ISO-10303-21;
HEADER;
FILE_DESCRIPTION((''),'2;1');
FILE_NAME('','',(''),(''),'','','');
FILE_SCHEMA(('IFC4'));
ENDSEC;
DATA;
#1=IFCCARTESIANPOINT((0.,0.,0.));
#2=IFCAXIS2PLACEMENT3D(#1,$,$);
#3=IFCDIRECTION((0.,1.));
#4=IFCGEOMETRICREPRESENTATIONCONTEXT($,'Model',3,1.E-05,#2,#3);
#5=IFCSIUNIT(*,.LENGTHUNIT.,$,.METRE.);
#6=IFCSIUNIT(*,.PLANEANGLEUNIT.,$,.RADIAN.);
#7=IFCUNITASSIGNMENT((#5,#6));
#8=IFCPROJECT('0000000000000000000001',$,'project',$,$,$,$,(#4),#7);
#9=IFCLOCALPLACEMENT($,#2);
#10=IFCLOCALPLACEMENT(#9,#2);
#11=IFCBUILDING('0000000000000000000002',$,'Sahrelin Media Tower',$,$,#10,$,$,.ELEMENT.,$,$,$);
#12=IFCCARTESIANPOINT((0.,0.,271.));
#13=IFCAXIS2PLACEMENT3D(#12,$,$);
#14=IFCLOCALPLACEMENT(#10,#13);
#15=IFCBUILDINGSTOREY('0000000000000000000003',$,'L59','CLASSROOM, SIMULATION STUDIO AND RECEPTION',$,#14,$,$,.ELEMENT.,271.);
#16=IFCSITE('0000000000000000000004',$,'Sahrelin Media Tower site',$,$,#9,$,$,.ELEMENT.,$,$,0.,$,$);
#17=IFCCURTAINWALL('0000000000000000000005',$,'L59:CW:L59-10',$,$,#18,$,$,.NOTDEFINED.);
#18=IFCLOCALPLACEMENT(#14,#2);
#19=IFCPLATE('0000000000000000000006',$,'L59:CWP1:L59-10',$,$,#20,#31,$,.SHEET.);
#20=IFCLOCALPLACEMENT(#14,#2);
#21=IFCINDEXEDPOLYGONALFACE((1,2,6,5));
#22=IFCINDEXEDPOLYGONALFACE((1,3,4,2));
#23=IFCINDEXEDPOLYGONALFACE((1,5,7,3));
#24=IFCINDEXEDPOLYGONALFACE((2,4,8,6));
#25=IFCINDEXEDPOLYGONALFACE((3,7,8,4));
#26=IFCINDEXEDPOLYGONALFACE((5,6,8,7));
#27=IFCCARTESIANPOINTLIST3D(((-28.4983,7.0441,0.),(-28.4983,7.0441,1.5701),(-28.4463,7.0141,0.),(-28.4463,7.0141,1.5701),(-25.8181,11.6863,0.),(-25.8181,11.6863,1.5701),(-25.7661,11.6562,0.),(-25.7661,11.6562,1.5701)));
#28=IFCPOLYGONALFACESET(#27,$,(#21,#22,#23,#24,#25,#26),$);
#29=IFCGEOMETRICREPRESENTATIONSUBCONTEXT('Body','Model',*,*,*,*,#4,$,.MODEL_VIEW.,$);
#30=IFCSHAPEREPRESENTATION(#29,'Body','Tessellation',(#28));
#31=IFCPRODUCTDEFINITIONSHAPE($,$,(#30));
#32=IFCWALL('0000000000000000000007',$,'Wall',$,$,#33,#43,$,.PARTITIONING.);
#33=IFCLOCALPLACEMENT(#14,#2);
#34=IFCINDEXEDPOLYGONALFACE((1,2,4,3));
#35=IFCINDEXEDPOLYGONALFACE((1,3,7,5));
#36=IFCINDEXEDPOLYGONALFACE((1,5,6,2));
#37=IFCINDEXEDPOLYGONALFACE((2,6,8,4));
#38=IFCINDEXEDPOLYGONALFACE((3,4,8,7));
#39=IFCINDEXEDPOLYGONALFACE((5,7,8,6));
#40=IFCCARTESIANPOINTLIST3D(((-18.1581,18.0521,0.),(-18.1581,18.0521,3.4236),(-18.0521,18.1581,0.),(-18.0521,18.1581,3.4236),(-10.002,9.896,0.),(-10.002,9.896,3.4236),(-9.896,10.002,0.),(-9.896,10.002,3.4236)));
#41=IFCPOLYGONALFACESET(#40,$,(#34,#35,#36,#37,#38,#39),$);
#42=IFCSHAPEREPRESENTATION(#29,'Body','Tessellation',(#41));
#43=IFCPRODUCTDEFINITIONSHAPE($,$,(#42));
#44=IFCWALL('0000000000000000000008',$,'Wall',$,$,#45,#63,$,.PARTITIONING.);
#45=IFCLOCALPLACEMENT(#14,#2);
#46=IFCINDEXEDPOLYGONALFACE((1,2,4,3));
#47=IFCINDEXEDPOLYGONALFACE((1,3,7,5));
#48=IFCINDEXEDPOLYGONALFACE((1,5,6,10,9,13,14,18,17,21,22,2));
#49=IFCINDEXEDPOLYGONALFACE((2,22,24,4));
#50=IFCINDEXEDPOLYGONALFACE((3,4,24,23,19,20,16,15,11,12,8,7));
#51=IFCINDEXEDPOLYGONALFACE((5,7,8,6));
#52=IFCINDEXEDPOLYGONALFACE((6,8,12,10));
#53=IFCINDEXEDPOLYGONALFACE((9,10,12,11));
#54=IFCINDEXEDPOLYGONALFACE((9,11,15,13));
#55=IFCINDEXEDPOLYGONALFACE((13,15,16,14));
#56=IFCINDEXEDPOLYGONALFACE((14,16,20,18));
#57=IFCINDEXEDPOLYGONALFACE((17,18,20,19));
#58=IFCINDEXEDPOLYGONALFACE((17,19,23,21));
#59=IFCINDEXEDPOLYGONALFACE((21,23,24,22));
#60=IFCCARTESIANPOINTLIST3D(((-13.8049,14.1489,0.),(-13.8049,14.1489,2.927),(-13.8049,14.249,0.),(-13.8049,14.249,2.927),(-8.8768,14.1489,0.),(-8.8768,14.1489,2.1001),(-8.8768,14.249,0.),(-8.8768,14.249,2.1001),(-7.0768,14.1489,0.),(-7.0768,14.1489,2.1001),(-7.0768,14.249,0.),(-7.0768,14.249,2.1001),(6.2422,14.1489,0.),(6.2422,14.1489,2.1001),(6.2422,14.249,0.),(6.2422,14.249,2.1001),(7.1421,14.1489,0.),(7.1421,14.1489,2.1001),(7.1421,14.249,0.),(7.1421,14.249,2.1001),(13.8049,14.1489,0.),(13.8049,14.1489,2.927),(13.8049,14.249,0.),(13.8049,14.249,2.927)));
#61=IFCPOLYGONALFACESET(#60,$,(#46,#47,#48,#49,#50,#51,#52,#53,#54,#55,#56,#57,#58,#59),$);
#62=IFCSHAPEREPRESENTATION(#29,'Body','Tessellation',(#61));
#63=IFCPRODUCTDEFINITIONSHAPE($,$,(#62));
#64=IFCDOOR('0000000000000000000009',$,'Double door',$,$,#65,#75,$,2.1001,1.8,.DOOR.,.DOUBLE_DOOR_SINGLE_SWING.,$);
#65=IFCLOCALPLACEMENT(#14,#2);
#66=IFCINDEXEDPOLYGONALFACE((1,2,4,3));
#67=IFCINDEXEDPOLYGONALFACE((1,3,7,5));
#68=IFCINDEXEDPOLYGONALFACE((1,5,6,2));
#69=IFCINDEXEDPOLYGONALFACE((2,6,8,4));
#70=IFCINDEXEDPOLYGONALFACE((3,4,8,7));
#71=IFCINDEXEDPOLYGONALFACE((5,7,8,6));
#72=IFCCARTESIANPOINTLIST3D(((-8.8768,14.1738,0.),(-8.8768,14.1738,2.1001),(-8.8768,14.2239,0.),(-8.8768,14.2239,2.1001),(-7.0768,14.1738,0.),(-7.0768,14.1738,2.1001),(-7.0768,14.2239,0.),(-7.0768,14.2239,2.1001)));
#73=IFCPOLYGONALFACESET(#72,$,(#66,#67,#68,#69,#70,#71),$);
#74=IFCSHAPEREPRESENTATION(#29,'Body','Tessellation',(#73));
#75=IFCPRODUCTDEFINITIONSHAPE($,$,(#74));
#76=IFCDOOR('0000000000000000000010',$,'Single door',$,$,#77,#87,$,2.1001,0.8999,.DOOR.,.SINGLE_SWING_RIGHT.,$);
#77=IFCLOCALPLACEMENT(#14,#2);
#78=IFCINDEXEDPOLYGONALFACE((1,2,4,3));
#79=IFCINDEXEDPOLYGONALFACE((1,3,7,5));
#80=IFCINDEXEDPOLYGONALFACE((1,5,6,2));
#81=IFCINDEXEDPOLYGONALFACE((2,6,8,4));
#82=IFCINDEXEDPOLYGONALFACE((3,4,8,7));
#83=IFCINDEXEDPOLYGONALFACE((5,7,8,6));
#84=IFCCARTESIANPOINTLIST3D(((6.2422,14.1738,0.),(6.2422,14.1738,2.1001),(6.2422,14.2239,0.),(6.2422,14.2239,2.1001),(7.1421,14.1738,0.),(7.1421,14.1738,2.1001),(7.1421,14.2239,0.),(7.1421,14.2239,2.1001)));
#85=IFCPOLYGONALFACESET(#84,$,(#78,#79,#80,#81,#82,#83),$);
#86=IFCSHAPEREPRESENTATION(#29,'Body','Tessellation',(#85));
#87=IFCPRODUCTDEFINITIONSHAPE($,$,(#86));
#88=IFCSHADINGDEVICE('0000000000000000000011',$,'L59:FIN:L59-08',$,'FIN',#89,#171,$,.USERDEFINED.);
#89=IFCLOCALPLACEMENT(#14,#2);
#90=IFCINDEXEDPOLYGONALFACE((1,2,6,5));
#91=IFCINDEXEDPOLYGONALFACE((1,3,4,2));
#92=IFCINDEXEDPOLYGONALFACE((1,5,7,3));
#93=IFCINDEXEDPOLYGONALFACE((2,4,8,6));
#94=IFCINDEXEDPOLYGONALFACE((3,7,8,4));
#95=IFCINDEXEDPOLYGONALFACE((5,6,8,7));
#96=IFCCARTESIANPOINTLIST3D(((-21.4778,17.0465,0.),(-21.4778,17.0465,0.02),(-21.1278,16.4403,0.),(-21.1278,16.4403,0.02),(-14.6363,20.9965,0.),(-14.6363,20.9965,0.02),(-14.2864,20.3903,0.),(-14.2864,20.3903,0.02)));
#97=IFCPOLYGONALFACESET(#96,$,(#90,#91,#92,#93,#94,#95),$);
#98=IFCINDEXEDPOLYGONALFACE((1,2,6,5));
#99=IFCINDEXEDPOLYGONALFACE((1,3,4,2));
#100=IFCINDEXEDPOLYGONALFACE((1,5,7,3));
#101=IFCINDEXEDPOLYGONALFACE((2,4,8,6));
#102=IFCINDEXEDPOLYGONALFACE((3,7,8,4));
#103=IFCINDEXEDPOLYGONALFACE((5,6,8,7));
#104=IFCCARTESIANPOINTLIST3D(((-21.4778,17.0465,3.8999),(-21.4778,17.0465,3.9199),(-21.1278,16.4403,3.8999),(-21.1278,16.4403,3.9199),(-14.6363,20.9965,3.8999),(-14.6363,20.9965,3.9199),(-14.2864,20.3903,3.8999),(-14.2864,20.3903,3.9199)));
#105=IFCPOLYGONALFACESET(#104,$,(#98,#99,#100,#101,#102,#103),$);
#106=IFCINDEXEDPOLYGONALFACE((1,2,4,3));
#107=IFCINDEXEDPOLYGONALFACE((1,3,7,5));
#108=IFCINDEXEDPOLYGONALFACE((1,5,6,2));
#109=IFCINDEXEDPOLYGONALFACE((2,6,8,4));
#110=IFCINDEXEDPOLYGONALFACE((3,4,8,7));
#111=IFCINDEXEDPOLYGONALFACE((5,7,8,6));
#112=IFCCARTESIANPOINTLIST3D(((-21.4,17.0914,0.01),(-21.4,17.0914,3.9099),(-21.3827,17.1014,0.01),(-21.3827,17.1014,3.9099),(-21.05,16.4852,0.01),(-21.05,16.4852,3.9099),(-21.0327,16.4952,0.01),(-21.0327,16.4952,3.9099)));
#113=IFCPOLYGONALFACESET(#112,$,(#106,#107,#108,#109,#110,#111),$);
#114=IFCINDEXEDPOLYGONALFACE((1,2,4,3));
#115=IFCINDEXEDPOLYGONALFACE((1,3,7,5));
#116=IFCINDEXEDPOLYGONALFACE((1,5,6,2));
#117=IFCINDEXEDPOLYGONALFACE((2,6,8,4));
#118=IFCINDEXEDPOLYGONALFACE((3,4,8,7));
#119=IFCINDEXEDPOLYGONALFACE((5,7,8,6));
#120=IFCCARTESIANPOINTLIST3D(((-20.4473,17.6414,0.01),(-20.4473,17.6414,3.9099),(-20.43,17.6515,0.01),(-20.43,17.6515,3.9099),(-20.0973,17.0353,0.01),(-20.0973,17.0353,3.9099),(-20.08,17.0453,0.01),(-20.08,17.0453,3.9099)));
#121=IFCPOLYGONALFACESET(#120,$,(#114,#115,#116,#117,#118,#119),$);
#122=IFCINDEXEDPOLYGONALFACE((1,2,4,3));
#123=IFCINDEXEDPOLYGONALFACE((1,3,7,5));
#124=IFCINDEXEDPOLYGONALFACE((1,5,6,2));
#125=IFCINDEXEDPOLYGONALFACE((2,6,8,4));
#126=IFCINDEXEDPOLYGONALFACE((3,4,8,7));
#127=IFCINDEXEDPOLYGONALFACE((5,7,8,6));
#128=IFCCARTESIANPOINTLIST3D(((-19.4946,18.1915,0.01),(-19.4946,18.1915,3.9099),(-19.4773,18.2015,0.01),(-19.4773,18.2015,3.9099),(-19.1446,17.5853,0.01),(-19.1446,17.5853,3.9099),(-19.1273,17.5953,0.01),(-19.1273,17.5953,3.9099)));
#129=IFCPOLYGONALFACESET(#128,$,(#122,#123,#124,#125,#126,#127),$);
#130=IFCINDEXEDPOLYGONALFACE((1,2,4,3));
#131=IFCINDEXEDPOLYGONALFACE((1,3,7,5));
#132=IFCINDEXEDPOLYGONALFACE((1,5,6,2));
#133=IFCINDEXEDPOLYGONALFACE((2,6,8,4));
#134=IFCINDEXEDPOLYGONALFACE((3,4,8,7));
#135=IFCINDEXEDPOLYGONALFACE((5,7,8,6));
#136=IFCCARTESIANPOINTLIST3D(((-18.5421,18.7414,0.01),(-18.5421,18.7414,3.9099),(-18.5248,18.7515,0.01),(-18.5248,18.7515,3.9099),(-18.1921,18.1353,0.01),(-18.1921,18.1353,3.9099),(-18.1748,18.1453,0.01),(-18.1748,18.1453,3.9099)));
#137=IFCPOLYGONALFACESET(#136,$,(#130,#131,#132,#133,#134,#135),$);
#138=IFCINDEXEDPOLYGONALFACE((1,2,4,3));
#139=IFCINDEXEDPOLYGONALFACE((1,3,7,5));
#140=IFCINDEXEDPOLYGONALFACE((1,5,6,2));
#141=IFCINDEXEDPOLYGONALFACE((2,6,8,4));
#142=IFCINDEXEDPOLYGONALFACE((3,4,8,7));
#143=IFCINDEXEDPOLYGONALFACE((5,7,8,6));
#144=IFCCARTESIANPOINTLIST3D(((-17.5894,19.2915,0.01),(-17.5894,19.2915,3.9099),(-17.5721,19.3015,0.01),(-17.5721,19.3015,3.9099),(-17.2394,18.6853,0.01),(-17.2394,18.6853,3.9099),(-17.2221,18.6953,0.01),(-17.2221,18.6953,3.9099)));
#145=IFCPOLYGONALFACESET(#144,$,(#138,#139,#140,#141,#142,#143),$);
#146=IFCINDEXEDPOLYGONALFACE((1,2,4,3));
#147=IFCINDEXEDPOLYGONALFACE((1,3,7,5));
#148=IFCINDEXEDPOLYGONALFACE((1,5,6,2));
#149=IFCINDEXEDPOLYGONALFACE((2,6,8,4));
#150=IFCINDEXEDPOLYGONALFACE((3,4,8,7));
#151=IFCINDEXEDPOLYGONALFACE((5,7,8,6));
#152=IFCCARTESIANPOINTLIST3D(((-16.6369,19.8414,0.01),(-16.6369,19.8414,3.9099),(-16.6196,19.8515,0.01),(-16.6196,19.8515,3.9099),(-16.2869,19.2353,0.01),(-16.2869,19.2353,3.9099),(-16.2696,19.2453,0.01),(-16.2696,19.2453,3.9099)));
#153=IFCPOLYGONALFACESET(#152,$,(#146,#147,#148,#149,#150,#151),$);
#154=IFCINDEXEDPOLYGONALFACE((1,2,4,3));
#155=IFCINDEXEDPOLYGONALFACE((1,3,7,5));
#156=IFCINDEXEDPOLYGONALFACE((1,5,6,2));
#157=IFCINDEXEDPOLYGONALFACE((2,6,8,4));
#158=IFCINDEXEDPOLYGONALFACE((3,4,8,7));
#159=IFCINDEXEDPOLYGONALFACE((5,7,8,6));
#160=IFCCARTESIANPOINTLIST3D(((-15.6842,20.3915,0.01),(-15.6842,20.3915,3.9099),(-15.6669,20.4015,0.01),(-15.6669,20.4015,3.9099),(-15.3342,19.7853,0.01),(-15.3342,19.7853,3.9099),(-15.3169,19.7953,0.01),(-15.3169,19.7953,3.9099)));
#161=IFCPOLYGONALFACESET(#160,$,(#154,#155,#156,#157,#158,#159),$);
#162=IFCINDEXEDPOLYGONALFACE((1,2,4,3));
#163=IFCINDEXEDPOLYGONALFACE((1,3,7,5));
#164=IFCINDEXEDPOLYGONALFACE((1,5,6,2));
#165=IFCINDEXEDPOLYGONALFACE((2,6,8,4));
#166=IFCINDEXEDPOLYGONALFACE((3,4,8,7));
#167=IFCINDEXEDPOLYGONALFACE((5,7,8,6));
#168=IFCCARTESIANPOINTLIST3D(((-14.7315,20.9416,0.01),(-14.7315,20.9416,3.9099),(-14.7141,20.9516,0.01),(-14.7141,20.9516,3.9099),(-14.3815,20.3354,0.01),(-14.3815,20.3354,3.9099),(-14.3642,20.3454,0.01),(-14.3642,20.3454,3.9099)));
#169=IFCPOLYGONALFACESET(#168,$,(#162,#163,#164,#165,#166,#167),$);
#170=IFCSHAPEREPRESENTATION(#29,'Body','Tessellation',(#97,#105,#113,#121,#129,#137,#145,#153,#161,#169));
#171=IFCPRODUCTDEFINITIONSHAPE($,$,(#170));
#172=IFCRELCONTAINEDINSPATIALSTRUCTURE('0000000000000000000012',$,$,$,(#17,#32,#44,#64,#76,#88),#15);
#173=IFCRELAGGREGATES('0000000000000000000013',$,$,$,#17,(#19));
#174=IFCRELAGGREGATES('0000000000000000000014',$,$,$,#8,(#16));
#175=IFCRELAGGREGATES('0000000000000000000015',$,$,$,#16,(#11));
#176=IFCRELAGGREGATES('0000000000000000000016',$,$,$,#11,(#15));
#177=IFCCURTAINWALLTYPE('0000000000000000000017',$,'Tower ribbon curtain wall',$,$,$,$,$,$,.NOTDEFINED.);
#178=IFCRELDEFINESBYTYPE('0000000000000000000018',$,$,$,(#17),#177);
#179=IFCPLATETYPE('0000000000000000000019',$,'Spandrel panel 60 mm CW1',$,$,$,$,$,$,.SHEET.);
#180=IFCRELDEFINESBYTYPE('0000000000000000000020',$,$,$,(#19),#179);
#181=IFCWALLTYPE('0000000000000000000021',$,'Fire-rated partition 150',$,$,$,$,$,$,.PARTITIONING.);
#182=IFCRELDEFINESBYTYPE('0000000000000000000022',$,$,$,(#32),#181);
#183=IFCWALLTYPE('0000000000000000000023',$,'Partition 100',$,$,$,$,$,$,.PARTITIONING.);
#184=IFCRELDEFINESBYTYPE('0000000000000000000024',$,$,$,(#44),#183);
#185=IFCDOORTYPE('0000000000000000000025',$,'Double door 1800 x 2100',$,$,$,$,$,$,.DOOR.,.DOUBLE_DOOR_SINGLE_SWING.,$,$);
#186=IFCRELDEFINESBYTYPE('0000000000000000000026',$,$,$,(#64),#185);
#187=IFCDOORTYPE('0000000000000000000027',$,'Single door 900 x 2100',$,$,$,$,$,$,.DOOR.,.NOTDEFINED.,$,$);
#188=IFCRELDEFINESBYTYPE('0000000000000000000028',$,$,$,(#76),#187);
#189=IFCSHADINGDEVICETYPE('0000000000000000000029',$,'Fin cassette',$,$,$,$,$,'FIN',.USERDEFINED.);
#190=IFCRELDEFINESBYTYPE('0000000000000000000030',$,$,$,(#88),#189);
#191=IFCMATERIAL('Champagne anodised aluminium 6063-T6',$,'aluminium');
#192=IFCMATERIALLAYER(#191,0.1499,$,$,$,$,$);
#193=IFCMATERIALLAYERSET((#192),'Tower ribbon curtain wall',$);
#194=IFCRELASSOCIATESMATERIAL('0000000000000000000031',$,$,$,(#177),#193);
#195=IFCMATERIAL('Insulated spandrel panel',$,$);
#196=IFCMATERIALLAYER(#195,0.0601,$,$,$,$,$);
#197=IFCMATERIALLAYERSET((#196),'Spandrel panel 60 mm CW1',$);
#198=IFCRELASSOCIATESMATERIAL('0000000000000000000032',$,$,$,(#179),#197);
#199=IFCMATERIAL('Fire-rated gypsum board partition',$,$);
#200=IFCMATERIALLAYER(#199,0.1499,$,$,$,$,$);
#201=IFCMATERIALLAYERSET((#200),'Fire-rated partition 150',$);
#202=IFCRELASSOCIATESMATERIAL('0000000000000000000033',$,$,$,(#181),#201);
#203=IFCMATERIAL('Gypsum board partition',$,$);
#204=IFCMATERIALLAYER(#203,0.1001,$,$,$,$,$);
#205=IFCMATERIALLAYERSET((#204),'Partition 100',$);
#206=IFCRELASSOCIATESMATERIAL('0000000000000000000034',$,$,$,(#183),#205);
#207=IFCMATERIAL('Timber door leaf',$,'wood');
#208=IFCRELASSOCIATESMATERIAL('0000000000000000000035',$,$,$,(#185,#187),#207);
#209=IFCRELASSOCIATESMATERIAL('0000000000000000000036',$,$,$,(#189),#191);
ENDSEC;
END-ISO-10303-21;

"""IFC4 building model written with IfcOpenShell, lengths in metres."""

from ifc_helpers import new_model, si_unit, direction, frame, frame_2d, origin, origin_2d, place, context, subcontext, project, spatial, polyline, rectangle, outline, extrude, material, layer, layer_set, type_object, element, fill, aggregate, save


model = new_model("IFC4")

# Units and contexts
model_context = context("Model", 3, precision=1e-05, world=origin(), true_north=direction((0.0, 1.0)))
body_context = subcontext(model_context, "Body", "Model", "MODEL_VIEW")
ifc_project = project(units=[si_unit("LENGTHUNIT", "METRE"), si_unit("PLANEANGLEUNIT", "RADIAN")], contexts=[model_context])

# Site, building, storey
site_placement = place(None, origin())
site = spatial("IfcSite", under=ifc_project, at=site_placement, Name="Sahrelin Media Tower site", CompositionType="ELEMENT", RefElevation=0.0)
building_placement = place(site_placement, origin())
building = spatial("IfcBuilding", under=site, at=building_placement, Name="Sahrelin Media Tower", CompositionType="ELEMENT")
storey_placement = place(building_placement, frame((0.0, 0.0, 271.0)))
storey = spatial("IfcBuildingStorey", under=building, at=storey_placement, Name="L59", Description="CLASSROOM, SIMULATION STUDIO AND RECEPTION", CompositionType="ELEMENT", Elevation=271.0)

# Shared definitions
ifc_material_1 = material(Name="Champagne anodised aluminium 6063-T6", Category="aluminium")
ifc_layer_1 = layer(ifc_material_1, 0.1499)
ifc_layer_set_1 = layer_set([ifc_layer_1], Name="Tower ribbon curtain wall")
curtain_wall_type = type_object("IfcCurtainWallType", Name="Tower ribbon curtain wall", PredefinedType="NOTDEFINED", material=ifc_layer_set_1)

# Curtain wall
curtain_wall_1_placement = place(storey_placement, frame((-27.1411, 9.3552, 0.0), z_axis=(0.0, 0.0, 1.0), x_axis=(1.0, 0.0, 0.0)))
curtain_wall_1 = element("IfcCurtainWall", 1, at=curtain_wall_1_placement, inside=storey, type_object=curtain_wall_type, Name="L59:CW:L59-10", PredefinedType="NOTDEFINED")

# Plate
ifc_material_2 = material(Name="Insulated spandrel panel")
ifc_layer_2 = layer(ifc_material_2, 0.0601)
ifc_layer_set_2 = layer_set([ifc_layer_2], Name="Spandrel panel 60 mm CW1")
plate_type_1 = type_object("IfcPlateType", Name="Spandrel panel 60 mm CW1", PredefinedType="SHEET", material=ifc_layer_set_2)
plate_1_placement = place(storey_placement, frame((-25.8181, 11.6863, 0.0), z_axis=(-0.86602, 0.500009, 0.0), x_axis=(-0.500009, -0.86602, 0.0)))
plate_1 = element("IfcPlate", 2, at=plate_1_placement, type_object=plate_type_1, Name="L59:CWP1:L59-10", PredefinedType="SHEET", context=body_context, shape_type="SweptSolid", body=[
    extrude(outline(polyline([(0.0, 0.0), (5.3604, 0.0), (5.3604, 1.5701), (0.0, 1.5701), (0.0, 0.0)])), origin(), (0.0, 0.0, -1.0), 0.0601),
])
aggregate(curtain_wall_1, [plate_1])

# Wall
ifc_material_3 = material(Name="Fire-rated gypsum board partition")
ifc_layer_3 = layer(ifc_material_3, 0.1499)
ifc_layer_set_3 = layer_set([ifc_layer_3], Name="Fire-rated partition 150")
wall_type_1 = type_object("IfcWallType", Name="Fire-rated partition 150", PredefinedType="PARTITIONING", material=ifc_layer_set_3)
wall_1_placement = place(storey_placement, frame((-18.105, 18.105, 0.0), z_axis=(0.0, 0.0, 1.0), x_axis=(0.707107, -0.707107, 0.0)))
element("IfcWall", 3, at=wall_1_placement, inside=storey, type_object=wall_type_1, Name="Wall", PredefinedType="PARTITIONING", context=body_context, shape_type="SweptSolid", body=[
    extrude(rectangle(XDim=11.5344, YDim=0.1499, at=frame_2d((5.7671, 0.0))), origin(), (0.0, 0.0, 1.0), 3.4236),
])

# Wall, openings, doors
ifc_material_4 = material(Name="Gypsum board partition")
ifc_layer_4 = layer(ifc_material_4, 0.1001)
ifc_layer_set_4 = layer_set([ifc_layer_4], Name="Partition 100")
wall_type_2 = type_object("IfcWallType", Name="Partition 100", PredefinedType="PARTITIONING", material=ifc_layer_set_4)
wall_2_placement = place(storey_placement, frame((-13.8049, 14.199, 0.0), z_axis=(0.0, 0.0, 1.0), x_axis=(1.0, 0.0, 0.0)))
wall_2 = element("IfcWall", 4, at=wall_2_placement, inside=storey, type_object=wall_type_2, Name="Wall", PredefinedType="PARTITIONING", context=body_context, shape_type="SweptSolid", body=[
    extrude(rectangle(XDim=27.6099, YDim=0.1001, at=frame_2d((13.8049, 0.0))), origin(), (0.0, 0.0, 1.0), 2.927),
])
opening_1_placement = place(wall_2_placement, frame((20.0471, 0.0, 0.0)))
opening_1 = element("IfcOpeningElement", 5, at=opening_1_placement, cuts=wall_2, PredefinedType="OPENING", context=body_context, shape_type="SweptSolid", body=[
    extrude(rectangle(XDim=0.8999, YDim=2.1001, at=frame_2d((0.45, 1.05))), frame((0.0, 0.05, 0.0), z_axis=(0.0, -1.0, 0.0), x_axis=(1.0, 0.0, 0.0)), (0.0, 0.0, 1.0), 0.1001),
])
opening_2_placement = place(wall_2_placement, frame((4.9282, 0.0, 0.0)))
opening_2 = element("IfcOpeningElement", 6, at=opening_2_placement, cuts=wall_2, PredefinedType="OPENING", context=body_context, shape_type="SweptSolid", body=[
    extrude(rectangle(XDim=1.8, YDim=2.1001, at=frame_2d((0.8999, 1.05))), frame((0.0, 0.05, 0.0), z_axis=(0.0, -1.0, 0.0), x_axis=(1.0, 0.0, 0.0)), (0.0, 0.0, 1.0), 0.1001),
])
ifc_material_5 = material(Name="Timber door leaf", Category="wood")
door_type_1 = type_object("IfcDoorType", Name="Double door 1800 x 2100", OperationType="DOUBLE_DOOR_SINGLE_SWING", PredefinedType="DOOR", material=ifc_material_5)
door_1_placement = place(opening_2_placement, origin())
door_1 = element("IfcDoor", 7, at=door_1_placement, inside=storey, type_object=door_type_1, Name="Double door", OperationType="DOUBLE_DOOR_SINGLE_SWING", OverallHeight=2.1001, OverallWidth=1.8, PredefinedType="DOOR", context=body_context, shape_type="SweptSolid", body=[
    extrude(rectangle(XDim=1.8, YDim=2.1001, at=frame_2d((0.8999, 1.05))), frame((0.0, 0.0249, 0.0), z_axis=(0.0, -1.0, 0.0), x_axis=(1.0, 0.0, 0.0)), (0.0, 0.0, 1.0), 0.05),
])
fill(opening_2, door_1)
door_type_2 = type_object("IfcDoorType", Name="Single door 900 x 2100", OperationType="NOTDEFINED", PredefinedType="DOOR", material=ifc_material_5)
door_2_placement = place(opening_1_placement, origin())
door_2 = element("IfcDoor", 8, at=door_2_placement, inside=storey, type_object=door_type_2, Name="Single door", OperationType="SINGLE_SWING_RIGHT", OverallHeight=2.1001, OverallWidth=0.8999, PredefinedType="DOOR", context=body_context, shape_type="SweptSolid", body=[
    extrude(rectangle(XDim=0.8999, YDim=2.1001, at=frame_2d((0.45, 1.05))), frame((0.0, 0.0249, 0.0), z_axis=(0.0, -1.0, 0.0), x_axis=(1.0, 0.0, 0.0)), (0.0, 0.0, 1.0), 0.05),
])
fill(opening_1, door_2)

# Shading device
shading_device_type_1 = type_object("IfcShadingDeviceType", Name="Fin cassette", ElementType="FIN", PredefinedType="USERDEFINED", material=ifc_material_1)
placement_1 = place(storey_placement, frame((-17.6721, 18.3547, 0.0), z_axis=(0.0, 0.0, 1.0), x_axis=(0.866019, 0.500011, 0.0)))
element("IfcShadingDevice", 9, at=placement_1, inside=storey, type_object=shading_device_type_1, Name="L59:FIN:L59-08", ObjectType="FIN", PredefinedType="USERDEFINED", context=body_context, shape_type="SweptSolid", body=[
    extrude(rectangle(XDim=7.8999, YDim=0.7, at=origin_2d()), frame((0.0, 0.4199, 0.0)), (0.0, 0.0, 1.0), 0.02),
    extrude(rectangle(XDim=7.8999, YDim=0.7, at=origin_2d()), frame((0.0, 0.4199, 3.8999)), (0.0, 0.0, 1.0), 0.02),
    extrude(rectangle(XDim=0.02, YDim=0.7, at=origin_2d()), frame((-3.8501, 0.4199, 0.01), z_axis=(0.0, 0.0, 1.0), x_axis=(1.0, 0.0, 0.0)), (0.0, 0.0, 1.0), 3.8999),
    extrude(rectangle(XDim=0.02, YDim=0.7, at=origin_2d()), frame((-2.75, 0.4199, 0.01), z_axis=(0.0, 0.0, 1.0), x_axis=(1.0, 0.0, 0.0)), (0.0, 0.0, 1.0), 3.8999),
    extrude(rectangle(XDim=0.02, YDim=0.7, at=origin_2d()), frame((-1.6499, 0.4199, 0.01), z_axis=(0.0, 0.0, 1.0), x_axis=(1.0, 0.0, 0.0)), (0.0, 0.0, 1.0), 3.8999),
    extrude(rectangle(XDim=0.02, YDim=0.7, at=origin_2d()), frame((-0.55, 0.4199, 0.01), z_axis=(0.0, 0.0, 1.0), x_axis=(1.0, 0.0, 0.0)), (0.0, 0.0, 1.0), 3.8999),
    extrude(rectangle(XDim=0.02, YDim=0.7, at=origin_2d()), frame((0.55, 0.4199, 0.01), z_axis=(0.0, 0.0, 1.0), x_axis=(1.0, 0.0, 0.0)), (0.0, 0.0, 1.0), 3.8999),
    extrude(rectangle(XDim=0.02, YDim=0.7, at=origin_2d()), frame((1.6499, 0.4199, 0.01), z_axis=(0.0, 0.0, 1.0), x_axis=(1.0, 0.0, 0.0)), (0.0, 0.0, 1.0), 3.8999),
    extrude(rectangle(XDim=0.02, YDim=0.7, at=origin_2d()), frame((2.75, 0.4199, 0.01), z_axis=(0.0, 0.0, 1.0), x_axis=(1.0, 0.0, 0.0)), (0.0, 0.0, 1.0), 3.8999),
    extrude(rectangle(XDim=0.02, YDim=0.7, at=origin_2d()), frame((3.8501, 0.4199, 0.01), z_axis=(0.0, 0.0, 1.0), x_axis=(1.0, 0.0, 0.0)), (0.0, 0.0, 1.0), 3.8999),
])

save(model, "model.ifc")
